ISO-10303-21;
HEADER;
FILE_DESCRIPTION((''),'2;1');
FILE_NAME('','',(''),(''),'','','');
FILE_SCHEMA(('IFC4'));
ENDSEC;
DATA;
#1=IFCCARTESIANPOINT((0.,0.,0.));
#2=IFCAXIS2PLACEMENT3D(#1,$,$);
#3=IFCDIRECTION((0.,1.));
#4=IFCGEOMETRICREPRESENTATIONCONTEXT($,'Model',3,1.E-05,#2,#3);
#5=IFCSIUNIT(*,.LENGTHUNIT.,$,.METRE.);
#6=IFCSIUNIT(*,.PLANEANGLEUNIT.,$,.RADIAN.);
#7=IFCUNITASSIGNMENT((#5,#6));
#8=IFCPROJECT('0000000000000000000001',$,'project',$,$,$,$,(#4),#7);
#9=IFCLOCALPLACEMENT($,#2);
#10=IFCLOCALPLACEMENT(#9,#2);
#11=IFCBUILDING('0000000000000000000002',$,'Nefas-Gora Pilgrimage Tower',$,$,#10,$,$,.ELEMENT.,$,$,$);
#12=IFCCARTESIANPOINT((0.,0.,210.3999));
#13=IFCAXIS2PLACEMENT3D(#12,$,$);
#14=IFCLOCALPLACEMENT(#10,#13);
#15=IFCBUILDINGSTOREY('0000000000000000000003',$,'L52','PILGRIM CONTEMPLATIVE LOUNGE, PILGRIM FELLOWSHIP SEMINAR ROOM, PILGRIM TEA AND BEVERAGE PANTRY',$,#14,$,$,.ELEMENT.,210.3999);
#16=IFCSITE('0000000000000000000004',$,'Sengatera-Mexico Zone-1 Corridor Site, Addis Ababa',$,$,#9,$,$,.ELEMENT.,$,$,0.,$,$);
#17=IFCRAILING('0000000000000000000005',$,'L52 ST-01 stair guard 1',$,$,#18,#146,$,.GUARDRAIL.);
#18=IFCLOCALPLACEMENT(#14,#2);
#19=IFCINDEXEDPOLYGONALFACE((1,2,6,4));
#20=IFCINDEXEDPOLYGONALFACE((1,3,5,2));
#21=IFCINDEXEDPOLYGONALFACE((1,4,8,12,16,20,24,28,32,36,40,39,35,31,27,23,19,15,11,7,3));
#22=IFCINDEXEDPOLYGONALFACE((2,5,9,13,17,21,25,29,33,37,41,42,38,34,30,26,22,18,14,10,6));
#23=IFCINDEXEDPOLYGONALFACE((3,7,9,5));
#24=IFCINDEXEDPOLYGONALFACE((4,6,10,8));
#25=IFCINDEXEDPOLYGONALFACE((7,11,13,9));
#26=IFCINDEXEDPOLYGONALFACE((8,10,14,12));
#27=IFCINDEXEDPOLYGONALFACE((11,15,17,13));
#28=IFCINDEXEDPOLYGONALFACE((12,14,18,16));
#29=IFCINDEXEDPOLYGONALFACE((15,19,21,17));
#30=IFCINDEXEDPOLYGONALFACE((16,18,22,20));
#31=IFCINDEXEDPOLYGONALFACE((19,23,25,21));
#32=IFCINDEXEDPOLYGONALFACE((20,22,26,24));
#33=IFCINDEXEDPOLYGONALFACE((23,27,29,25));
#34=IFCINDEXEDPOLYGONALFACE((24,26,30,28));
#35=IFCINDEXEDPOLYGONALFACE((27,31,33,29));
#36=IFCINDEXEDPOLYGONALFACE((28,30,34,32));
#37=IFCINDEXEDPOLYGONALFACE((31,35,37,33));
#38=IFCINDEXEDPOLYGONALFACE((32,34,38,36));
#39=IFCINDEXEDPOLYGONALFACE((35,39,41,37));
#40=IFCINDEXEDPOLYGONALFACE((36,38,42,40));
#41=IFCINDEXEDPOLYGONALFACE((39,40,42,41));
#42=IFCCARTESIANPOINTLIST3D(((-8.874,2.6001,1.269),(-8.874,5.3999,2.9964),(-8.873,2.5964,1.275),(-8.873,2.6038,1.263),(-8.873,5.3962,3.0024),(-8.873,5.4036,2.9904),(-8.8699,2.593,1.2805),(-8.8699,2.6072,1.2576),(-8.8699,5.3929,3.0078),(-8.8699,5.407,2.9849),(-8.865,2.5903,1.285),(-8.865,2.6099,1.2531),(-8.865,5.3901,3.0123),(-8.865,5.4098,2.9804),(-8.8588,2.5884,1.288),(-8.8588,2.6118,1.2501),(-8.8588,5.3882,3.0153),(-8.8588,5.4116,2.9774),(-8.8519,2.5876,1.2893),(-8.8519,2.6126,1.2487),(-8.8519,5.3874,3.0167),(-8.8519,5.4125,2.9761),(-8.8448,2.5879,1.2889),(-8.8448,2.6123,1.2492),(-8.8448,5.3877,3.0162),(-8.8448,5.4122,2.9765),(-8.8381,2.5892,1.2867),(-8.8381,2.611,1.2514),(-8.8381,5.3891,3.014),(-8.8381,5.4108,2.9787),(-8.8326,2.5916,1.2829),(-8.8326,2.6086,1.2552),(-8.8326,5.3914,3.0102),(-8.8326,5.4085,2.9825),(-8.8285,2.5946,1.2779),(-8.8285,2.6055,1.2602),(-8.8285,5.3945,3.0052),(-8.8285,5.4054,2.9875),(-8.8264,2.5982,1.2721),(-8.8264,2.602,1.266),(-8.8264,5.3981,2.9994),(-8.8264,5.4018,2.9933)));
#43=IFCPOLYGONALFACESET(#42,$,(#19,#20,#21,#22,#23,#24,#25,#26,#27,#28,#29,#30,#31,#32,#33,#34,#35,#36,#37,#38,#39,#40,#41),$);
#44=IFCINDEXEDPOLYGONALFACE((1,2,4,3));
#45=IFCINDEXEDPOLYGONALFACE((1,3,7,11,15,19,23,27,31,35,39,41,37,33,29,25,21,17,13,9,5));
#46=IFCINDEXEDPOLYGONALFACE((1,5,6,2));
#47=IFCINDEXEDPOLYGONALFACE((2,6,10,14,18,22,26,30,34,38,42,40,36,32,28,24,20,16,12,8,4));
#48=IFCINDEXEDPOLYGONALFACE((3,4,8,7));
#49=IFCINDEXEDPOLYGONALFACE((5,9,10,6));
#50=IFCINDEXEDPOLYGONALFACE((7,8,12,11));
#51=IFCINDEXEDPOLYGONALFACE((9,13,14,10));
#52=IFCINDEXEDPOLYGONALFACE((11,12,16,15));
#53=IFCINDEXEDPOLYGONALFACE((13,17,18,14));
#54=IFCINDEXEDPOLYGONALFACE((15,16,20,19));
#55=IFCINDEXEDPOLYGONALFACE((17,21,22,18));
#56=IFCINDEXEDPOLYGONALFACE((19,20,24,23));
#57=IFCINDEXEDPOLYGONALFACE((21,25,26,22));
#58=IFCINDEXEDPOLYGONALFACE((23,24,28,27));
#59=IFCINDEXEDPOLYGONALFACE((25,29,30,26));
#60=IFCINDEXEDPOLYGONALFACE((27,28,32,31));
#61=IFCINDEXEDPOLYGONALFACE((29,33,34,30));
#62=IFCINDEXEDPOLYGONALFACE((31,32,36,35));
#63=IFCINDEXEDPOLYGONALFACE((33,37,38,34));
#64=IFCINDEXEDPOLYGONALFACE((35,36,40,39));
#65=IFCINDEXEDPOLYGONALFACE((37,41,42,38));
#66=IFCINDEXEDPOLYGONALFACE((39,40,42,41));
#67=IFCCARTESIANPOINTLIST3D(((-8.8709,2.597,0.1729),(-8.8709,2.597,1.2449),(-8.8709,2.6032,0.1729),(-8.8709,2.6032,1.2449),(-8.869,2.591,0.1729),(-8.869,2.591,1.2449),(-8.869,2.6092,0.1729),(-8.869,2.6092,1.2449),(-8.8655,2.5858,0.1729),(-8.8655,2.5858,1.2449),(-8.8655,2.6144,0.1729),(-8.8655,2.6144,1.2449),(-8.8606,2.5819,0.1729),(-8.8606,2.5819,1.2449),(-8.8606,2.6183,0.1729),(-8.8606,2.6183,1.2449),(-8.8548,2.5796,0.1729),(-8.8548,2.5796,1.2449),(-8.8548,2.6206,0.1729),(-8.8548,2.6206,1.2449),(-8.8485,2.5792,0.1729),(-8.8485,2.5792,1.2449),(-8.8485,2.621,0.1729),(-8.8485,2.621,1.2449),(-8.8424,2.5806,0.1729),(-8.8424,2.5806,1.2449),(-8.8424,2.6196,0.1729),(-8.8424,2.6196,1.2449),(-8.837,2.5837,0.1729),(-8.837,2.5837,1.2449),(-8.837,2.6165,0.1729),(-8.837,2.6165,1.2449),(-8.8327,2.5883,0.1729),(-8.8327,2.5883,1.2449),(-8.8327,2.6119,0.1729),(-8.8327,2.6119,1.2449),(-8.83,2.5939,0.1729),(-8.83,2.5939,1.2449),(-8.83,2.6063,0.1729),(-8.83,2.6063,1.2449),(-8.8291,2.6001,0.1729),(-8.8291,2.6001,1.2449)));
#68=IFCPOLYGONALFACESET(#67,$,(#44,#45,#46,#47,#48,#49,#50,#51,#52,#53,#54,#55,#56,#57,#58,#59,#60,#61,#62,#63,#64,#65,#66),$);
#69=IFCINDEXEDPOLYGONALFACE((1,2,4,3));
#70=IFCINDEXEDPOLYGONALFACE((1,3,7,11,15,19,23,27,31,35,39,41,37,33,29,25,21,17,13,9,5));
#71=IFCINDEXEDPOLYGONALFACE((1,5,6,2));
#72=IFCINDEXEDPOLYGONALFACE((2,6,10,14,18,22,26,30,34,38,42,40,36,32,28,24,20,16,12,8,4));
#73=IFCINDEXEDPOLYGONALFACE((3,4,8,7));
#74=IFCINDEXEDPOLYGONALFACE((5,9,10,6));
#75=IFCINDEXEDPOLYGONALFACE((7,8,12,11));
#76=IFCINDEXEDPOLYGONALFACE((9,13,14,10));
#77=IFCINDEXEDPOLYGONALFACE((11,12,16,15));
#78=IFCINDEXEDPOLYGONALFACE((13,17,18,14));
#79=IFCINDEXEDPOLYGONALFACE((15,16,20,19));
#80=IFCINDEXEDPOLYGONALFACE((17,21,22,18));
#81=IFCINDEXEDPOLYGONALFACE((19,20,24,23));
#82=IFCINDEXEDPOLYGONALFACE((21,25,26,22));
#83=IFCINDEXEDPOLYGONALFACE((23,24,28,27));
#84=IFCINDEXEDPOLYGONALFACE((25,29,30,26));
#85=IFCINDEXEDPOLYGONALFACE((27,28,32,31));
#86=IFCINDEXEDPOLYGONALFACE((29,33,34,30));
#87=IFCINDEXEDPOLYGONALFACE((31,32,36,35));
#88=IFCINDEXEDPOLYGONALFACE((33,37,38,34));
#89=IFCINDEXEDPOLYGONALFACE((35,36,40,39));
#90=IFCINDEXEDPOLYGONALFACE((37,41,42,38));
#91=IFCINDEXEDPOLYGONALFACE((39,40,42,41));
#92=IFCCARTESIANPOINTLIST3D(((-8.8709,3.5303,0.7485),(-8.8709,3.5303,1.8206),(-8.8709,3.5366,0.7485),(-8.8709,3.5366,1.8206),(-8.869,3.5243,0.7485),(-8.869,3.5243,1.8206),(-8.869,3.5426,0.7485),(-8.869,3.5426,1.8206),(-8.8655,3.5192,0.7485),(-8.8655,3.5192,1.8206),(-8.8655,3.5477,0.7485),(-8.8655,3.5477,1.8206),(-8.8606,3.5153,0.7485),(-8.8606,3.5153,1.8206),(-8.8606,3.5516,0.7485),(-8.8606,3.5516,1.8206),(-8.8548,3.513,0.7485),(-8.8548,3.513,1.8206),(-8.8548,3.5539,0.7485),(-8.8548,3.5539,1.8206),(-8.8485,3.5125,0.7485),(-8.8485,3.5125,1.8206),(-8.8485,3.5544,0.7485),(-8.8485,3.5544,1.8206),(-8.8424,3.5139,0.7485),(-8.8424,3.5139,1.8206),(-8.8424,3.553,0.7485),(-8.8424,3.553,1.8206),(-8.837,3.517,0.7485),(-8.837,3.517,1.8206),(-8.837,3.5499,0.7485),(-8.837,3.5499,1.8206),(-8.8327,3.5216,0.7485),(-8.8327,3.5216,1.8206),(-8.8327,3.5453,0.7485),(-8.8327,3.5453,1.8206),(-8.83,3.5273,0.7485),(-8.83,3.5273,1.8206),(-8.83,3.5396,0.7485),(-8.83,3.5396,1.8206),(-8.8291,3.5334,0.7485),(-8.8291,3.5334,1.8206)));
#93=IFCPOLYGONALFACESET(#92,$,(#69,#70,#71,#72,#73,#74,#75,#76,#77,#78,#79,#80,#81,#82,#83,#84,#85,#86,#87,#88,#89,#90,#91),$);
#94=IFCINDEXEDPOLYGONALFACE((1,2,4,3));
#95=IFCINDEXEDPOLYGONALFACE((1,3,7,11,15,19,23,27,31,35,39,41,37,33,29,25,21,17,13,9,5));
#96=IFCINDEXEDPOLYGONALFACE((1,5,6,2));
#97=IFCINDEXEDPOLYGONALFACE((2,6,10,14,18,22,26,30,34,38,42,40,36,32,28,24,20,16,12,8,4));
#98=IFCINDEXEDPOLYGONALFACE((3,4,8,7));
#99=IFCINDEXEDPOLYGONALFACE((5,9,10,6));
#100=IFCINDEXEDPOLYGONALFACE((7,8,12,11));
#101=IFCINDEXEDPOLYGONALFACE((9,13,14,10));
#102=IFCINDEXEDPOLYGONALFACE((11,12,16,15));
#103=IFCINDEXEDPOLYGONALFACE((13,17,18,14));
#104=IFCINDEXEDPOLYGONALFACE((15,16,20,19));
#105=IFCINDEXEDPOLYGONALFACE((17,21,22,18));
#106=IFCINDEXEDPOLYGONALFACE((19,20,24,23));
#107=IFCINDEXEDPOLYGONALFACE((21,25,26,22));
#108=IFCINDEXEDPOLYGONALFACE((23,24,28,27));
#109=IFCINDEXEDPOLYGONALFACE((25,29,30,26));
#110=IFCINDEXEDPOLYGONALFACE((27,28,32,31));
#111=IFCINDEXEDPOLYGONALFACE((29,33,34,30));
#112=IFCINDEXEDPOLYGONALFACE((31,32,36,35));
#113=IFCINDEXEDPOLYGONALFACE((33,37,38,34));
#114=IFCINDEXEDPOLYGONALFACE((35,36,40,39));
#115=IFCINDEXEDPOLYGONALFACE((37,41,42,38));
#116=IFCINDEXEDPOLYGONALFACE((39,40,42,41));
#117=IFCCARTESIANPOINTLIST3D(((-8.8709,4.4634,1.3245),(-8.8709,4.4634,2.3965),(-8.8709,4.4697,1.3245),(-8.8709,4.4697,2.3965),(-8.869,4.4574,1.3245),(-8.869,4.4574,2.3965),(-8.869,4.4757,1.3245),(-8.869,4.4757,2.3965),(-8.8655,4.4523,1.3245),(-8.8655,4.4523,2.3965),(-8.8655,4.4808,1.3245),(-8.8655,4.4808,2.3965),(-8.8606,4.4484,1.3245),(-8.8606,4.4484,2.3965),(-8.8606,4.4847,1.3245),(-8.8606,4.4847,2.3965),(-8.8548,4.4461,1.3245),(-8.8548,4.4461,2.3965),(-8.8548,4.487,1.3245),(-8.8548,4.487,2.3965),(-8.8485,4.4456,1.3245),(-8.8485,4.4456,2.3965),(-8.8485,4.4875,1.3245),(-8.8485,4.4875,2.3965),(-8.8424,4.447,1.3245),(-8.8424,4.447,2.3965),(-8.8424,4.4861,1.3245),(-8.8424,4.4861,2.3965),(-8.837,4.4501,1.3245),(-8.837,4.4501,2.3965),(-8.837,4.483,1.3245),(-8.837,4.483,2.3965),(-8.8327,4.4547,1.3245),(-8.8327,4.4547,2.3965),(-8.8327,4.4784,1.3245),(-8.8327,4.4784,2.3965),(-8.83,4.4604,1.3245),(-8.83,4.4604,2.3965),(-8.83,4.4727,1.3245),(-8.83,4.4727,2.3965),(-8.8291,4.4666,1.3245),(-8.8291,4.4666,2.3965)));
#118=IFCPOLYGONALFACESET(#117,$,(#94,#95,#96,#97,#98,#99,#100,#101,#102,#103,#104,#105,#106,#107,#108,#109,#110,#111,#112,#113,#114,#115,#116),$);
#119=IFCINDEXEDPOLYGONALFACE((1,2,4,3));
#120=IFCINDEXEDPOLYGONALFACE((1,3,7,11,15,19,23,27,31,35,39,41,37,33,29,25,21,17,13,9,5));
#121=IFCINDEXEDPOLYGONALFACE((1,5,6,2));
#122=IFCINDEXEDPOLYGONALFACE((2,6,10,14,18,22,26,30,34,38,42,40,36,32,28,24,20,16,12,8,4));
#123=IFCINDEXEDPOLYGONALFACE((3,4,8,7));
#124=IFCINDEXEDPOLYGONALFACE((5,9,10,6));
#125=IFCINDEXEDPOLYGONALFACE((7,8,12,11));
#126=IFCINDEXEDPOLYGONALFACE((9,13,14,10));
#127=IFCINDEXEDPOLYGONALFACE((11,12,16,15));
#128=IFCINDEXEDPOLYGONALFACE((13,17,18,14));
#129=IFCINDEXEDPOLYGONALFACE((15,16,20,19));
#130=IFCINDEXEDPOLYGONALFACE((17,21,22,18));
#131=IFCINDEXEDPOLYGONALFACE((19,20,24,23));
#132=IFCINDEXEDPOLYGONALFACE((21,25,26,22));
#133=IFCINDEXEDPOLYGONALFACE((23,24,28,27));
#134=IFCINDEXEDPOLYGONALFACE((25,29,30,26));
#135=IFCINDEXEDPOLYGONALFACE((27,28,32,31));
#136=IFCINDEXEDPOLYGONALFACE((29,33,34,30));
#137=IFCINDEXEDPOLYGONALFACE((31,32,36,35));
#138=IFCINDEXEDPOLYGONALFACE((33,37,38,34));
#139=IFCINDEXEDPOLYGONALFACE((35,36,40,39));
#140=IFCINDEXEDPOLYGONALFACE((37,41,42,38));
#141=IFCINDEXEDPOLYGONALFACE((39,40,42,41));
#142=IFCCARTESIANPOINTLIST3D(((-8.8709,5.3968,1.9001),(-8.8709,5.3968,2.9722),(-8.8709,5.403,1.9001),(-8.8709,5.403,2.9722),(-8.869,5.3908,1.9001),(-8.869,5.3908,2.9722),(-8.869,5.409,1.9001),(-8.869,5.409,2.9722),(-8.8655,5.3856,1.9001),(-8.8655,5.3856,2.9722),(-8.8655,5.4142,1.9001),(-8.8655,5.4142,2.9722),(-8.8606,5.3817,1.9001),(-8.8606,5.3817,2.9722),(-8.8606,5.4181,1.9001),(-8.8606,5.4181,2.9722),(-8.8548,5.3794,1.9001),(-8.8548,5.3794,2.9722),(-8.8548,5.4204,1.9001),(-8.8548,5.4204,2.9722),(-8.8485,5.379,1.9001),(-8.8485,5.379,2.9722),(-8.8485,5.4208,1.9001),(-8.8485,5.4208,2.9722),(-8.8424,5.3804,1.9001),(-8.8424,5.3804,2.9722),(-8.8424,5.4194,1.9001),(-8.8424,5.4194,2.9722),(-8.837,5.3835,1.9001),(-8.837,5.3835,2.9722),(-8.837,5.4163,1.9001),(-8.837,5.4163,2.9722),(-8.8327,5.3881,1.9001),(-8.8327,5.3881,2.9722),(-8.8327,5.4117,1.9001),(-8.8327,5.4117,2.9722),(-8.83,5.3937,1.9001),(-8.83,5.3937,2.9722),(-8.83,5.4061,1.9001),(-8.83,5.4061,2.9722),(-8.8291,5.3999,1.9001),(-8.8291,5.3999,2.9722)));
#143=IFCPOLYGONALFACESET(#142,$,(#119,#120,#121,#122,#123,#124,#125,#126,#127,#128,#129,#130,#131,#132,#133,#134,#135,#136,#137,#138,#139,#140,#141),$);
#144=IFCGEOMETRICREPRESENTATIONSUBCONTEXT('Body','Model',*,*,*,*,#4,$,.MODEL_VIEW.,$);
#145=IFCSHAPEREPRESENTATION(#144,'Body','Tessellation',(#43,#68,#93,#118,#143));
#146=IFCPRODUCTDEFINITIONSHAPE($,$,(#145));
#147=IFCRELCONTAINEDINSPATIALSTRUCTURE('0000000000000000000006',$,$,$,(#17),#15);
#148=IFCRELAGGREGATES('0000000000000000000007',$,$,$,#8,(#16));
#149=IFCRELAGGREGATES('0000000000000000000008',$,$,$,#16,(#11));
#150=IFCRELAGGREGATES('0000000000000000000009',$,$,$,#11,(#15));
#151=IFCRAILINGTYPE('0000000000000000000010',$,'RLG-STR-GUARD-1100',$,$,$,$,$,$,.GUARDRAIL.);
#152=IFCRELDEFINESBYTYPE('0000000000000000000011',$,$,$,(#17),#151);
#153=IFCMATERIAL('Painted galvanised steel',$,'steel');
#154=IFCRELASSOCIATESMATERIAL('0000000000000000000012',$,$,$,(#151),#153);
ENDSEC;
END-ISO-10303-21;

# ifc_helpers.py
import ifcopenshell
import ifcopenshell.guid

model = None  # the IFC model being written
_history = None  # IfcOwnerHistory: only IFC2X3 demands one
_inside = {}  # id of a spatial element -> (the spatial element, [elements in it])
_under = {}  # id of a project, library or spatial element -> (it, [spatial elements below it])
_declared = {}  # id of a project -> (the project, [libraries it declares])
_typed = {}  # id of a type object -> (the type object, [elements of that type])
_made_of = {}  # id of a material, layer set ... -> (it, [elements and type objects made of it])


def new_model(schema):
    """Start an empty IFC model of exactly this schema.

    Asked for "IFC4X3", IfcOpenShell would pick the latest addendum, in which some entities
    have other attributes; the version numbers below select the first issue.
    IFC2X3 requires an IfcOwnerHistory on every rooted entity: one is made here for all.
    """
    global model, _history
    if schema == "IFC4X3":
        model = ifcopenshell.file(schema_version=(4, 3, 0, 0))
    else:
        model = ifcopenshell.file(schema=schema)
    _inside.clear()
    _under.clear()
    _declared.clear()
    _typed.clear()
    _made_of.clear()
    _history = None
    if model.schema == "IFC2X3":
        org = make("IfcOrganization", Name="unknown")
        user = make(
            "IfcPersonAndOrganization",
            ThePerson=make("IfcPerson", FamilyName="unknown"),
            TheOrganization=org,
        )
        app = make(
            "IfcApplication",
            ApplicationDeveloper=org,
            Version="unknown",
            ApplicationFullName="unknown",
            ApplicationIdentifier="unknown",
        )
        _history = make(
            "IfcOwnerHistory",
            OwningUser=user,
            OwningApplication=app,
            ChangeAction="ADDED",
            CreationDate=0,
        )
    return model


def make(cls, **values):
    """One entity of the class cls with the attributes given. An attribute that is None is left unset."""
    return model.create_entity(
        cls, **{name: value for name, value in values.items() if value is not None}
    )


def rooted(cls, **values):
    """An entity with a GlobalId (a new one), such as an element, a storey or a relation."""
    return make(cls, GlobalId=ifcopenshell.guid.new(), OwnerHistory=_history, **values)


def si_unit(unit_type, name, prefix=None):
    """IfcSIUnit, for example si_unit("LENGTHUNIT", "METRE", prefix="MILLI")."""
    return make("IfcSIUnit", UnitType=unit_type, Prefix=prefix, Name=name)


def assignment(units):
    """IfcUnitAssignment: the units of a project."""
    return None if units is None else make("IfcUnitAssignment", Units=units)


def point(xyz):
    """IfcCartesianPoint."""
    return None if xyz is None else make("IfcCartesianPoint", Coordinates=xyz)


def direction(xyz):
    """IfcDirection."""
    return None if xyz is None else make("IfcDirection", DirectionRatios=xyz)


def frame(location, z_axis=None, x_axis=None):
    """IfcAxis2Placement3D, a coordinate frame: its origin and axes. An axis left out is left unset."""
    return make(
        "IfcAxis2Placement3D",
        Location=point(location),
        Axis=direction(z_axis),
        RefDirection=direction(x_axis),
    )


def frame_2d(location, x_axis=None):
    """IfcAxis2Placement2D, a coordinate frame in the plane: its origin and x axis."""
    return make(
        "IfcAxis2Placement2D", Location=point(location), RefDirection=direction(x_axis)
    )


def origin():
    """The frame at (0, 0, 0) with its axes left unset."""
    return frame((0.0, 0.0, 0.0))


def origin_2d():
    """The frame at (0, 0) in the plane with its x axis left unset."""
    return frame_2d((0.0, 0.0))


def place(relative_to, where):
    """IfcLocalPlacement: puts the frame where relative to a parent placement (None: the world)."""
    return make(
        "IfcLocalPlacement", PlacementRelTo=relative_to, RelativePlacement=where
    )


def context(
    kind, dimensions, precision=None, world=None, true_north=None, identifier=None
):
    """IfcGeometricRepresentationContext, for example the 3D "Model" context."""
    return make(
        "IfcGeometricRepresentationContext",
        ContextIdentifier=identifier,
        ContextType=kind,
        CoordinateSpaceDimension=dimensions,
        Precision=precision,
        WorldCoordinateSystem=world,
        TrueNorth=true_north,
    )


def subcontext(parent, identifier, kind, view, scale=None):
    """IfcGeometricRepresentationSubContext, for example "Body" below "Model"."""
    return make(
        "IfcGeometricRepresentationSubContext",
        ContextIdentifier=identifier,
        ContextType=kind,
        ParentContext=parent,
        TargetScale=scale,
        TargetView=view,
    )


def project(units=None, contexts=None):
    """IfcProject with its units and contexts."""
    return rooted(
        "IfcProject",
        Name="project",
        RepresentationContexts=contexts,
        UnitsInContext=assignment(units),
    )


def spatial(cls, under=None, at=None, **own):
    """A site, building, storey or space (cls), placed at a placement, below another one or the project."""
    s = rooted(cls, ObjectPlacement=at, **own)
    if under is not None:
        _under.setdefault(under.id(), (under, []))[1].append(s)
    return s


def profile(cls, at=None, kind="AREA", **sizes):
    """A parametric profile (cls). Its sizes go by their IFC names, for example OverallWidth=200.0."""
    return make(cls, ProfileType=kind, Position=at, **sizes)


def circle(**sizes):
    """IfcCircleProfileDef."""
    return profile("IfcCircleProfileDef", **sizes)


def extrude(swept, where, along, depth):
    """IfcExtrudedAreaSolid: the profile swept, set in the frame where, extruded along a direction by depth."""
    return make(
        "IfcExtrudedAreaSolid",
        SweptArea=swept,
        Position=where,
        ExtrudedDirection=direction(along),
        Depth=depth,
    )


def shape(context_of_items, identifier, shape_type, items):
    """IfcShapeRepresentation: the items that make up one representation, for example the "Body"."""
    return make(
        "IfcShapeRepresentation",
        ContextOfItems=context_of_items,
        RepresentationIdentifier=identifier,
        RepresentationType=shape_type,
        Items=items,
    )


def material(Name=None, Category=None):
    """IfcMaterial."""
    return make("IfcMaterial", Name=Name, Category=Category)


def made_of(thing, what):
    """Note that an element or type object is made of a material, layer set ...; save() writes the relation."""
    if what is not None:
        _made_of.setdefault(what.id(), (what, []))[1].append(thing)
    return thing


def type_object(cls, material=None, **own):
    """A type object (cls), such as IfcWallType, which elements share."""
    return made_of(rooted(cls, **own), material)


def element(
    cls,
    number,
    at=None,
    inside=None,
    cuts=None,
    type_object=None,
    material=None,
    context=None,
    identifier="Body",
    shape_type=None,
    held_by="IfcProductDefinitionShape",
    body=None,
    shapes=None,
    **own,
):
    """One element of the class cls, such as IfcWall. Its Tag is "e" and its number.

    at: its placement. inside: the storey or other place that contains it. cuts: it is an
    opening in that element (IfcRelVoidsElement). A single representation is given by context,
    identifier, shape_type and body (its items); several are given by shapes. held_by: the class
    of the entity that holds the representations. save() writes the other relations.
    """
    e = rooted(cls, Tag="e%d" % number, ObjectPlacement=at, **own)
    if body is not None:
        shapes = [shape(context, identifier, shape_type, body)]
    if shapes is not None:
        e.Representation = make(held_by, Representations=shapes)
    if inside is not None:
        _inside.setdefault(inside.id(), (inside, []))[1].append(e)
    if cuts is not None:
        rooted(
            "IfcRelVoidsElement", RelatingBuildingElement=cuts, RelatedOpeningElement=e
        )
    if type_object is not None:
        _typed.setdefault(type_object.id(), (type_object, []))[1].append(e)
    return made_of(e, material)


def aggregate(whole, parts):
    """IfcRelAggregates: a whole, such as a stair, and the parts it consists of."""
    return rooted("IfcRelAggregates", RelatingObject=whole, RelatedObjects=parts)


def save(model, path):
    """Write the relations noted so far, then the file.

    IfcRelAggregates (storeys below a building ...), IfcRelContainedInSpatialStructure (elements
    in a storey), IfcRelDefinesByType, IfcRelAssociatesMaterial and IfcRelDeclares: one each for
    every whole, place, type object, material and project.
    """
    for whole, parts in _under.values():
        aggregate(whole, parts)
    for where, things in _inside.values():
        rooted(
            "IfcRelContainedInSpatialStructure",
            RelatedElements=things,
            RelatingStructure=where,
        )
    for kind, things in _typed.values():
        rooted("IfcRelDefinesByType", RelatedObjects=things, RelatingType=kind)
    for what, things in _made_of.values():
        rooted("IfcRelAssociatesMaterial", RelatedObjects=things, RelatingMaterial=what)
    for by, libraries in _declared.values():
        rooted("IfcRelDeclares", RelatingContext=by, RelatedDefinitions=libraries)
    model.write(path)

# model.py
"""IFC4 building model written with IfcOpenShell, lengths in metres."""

from ifc_helpers import new_model, si_unit, direction, frame, origin, origin_2d, place, context, subcontext, project, spatial, circle, extrude, material, type_object, element, save


model = new_model("IFC4")

# Units and contexts
model_context = context("Model", 3, precision=1e-05, world=origin(), true_north=direction((0.0, 1.0)))
body_context = subcontext(model_context, "Body", "Model", "MODEL_VIEW")
ifc_project = project(units=[si_unit("LENGTHUNIT", "METRE"), si_unit("PLANEANGLEUNIT", "RADIAN")], contexts=[model_context])

# Site, building, storey
site_placement = place(None, origin())
site = spatial("IfcSite", under=ifc_project, at=site_placement, Name="Sengatera-Mexico Zone-1 Corridor Site, Addis Ababa", CompositionType="ELEMENT", RefElevation=0.0)
building_placement = place(site_placement, origin())
building = spatial("IfcBuilding", under=site, at=building_placement, Name="Nefas-Gora Pilgrimage Tower", CompositionType="ELEMENT")
storey_placement = place(building_placement, frame((0.0, 0.0, 210.3999)))
storey = spatial("IfcBuildingStorey", under=building, at=storey_placement, Name="L52", Description="PILGRIM CONTEMPLATIVE LOUNGE, PILGRIM FELLOWSHIP SEMINAR ROOM, PILGRIM TEA AND BEVERAGE PANTRY", CompositionType="ELEMENT", Elevation=210.3999)

# Railing
ifc_material_1 = material(Name="Painted galvanised steel", Category="steel")
railing_type_1 = type_object("IfcRailingType", Name="RLG-STR-GUARD-1100", PredefinedType="GUARDRAIL", material=ifc_material_1)
railing_1_placement = place(storey_placement, frame((-8.8501, 2.6001, 0.1729)))
element("IfcRailing", 1, at=railing_1_placement, inside=storey, type_object=railing_type_1, Name="L52 ST-01 stair guard 1", PredefinedType="GUARDRAIL", context=body_context, shape_type="SweptSolid", body=[
    extrude(circle(Radius=0.0239, at=origin_2d()), frame((0.0, 0.0, 1.0962), z_axis=(0.0, 0.851069, 0.525054), x_axis=(-1.0, 0.0, 0.0)), (0.0, 0.0, 1.0), 3.2898),
    extrude(circle(Radius=0.021, at=origin_2d()), origin(), (0.0, 0.0, 1.0), 1.072),
    extrude(circle(Radius=0.021, at=origin_2d()), frame((0.0, 0.9333, 0.5757)), (0.0, 0.0, 1.0), 1.072),
    extrude(circle(Radius=0.021, at=origin_2d()), frame((0.0, 1.8665, 1.1516)), (0.0, 0.0, 1.0), 1.072),
    extrude(circle(Radius=0.021, at=origin_2d()), frame((0.0, 2.7998, 1.7273)), (0.0, 0.0, 1.0), 1.072),
])

save(model, "model.ifc")
